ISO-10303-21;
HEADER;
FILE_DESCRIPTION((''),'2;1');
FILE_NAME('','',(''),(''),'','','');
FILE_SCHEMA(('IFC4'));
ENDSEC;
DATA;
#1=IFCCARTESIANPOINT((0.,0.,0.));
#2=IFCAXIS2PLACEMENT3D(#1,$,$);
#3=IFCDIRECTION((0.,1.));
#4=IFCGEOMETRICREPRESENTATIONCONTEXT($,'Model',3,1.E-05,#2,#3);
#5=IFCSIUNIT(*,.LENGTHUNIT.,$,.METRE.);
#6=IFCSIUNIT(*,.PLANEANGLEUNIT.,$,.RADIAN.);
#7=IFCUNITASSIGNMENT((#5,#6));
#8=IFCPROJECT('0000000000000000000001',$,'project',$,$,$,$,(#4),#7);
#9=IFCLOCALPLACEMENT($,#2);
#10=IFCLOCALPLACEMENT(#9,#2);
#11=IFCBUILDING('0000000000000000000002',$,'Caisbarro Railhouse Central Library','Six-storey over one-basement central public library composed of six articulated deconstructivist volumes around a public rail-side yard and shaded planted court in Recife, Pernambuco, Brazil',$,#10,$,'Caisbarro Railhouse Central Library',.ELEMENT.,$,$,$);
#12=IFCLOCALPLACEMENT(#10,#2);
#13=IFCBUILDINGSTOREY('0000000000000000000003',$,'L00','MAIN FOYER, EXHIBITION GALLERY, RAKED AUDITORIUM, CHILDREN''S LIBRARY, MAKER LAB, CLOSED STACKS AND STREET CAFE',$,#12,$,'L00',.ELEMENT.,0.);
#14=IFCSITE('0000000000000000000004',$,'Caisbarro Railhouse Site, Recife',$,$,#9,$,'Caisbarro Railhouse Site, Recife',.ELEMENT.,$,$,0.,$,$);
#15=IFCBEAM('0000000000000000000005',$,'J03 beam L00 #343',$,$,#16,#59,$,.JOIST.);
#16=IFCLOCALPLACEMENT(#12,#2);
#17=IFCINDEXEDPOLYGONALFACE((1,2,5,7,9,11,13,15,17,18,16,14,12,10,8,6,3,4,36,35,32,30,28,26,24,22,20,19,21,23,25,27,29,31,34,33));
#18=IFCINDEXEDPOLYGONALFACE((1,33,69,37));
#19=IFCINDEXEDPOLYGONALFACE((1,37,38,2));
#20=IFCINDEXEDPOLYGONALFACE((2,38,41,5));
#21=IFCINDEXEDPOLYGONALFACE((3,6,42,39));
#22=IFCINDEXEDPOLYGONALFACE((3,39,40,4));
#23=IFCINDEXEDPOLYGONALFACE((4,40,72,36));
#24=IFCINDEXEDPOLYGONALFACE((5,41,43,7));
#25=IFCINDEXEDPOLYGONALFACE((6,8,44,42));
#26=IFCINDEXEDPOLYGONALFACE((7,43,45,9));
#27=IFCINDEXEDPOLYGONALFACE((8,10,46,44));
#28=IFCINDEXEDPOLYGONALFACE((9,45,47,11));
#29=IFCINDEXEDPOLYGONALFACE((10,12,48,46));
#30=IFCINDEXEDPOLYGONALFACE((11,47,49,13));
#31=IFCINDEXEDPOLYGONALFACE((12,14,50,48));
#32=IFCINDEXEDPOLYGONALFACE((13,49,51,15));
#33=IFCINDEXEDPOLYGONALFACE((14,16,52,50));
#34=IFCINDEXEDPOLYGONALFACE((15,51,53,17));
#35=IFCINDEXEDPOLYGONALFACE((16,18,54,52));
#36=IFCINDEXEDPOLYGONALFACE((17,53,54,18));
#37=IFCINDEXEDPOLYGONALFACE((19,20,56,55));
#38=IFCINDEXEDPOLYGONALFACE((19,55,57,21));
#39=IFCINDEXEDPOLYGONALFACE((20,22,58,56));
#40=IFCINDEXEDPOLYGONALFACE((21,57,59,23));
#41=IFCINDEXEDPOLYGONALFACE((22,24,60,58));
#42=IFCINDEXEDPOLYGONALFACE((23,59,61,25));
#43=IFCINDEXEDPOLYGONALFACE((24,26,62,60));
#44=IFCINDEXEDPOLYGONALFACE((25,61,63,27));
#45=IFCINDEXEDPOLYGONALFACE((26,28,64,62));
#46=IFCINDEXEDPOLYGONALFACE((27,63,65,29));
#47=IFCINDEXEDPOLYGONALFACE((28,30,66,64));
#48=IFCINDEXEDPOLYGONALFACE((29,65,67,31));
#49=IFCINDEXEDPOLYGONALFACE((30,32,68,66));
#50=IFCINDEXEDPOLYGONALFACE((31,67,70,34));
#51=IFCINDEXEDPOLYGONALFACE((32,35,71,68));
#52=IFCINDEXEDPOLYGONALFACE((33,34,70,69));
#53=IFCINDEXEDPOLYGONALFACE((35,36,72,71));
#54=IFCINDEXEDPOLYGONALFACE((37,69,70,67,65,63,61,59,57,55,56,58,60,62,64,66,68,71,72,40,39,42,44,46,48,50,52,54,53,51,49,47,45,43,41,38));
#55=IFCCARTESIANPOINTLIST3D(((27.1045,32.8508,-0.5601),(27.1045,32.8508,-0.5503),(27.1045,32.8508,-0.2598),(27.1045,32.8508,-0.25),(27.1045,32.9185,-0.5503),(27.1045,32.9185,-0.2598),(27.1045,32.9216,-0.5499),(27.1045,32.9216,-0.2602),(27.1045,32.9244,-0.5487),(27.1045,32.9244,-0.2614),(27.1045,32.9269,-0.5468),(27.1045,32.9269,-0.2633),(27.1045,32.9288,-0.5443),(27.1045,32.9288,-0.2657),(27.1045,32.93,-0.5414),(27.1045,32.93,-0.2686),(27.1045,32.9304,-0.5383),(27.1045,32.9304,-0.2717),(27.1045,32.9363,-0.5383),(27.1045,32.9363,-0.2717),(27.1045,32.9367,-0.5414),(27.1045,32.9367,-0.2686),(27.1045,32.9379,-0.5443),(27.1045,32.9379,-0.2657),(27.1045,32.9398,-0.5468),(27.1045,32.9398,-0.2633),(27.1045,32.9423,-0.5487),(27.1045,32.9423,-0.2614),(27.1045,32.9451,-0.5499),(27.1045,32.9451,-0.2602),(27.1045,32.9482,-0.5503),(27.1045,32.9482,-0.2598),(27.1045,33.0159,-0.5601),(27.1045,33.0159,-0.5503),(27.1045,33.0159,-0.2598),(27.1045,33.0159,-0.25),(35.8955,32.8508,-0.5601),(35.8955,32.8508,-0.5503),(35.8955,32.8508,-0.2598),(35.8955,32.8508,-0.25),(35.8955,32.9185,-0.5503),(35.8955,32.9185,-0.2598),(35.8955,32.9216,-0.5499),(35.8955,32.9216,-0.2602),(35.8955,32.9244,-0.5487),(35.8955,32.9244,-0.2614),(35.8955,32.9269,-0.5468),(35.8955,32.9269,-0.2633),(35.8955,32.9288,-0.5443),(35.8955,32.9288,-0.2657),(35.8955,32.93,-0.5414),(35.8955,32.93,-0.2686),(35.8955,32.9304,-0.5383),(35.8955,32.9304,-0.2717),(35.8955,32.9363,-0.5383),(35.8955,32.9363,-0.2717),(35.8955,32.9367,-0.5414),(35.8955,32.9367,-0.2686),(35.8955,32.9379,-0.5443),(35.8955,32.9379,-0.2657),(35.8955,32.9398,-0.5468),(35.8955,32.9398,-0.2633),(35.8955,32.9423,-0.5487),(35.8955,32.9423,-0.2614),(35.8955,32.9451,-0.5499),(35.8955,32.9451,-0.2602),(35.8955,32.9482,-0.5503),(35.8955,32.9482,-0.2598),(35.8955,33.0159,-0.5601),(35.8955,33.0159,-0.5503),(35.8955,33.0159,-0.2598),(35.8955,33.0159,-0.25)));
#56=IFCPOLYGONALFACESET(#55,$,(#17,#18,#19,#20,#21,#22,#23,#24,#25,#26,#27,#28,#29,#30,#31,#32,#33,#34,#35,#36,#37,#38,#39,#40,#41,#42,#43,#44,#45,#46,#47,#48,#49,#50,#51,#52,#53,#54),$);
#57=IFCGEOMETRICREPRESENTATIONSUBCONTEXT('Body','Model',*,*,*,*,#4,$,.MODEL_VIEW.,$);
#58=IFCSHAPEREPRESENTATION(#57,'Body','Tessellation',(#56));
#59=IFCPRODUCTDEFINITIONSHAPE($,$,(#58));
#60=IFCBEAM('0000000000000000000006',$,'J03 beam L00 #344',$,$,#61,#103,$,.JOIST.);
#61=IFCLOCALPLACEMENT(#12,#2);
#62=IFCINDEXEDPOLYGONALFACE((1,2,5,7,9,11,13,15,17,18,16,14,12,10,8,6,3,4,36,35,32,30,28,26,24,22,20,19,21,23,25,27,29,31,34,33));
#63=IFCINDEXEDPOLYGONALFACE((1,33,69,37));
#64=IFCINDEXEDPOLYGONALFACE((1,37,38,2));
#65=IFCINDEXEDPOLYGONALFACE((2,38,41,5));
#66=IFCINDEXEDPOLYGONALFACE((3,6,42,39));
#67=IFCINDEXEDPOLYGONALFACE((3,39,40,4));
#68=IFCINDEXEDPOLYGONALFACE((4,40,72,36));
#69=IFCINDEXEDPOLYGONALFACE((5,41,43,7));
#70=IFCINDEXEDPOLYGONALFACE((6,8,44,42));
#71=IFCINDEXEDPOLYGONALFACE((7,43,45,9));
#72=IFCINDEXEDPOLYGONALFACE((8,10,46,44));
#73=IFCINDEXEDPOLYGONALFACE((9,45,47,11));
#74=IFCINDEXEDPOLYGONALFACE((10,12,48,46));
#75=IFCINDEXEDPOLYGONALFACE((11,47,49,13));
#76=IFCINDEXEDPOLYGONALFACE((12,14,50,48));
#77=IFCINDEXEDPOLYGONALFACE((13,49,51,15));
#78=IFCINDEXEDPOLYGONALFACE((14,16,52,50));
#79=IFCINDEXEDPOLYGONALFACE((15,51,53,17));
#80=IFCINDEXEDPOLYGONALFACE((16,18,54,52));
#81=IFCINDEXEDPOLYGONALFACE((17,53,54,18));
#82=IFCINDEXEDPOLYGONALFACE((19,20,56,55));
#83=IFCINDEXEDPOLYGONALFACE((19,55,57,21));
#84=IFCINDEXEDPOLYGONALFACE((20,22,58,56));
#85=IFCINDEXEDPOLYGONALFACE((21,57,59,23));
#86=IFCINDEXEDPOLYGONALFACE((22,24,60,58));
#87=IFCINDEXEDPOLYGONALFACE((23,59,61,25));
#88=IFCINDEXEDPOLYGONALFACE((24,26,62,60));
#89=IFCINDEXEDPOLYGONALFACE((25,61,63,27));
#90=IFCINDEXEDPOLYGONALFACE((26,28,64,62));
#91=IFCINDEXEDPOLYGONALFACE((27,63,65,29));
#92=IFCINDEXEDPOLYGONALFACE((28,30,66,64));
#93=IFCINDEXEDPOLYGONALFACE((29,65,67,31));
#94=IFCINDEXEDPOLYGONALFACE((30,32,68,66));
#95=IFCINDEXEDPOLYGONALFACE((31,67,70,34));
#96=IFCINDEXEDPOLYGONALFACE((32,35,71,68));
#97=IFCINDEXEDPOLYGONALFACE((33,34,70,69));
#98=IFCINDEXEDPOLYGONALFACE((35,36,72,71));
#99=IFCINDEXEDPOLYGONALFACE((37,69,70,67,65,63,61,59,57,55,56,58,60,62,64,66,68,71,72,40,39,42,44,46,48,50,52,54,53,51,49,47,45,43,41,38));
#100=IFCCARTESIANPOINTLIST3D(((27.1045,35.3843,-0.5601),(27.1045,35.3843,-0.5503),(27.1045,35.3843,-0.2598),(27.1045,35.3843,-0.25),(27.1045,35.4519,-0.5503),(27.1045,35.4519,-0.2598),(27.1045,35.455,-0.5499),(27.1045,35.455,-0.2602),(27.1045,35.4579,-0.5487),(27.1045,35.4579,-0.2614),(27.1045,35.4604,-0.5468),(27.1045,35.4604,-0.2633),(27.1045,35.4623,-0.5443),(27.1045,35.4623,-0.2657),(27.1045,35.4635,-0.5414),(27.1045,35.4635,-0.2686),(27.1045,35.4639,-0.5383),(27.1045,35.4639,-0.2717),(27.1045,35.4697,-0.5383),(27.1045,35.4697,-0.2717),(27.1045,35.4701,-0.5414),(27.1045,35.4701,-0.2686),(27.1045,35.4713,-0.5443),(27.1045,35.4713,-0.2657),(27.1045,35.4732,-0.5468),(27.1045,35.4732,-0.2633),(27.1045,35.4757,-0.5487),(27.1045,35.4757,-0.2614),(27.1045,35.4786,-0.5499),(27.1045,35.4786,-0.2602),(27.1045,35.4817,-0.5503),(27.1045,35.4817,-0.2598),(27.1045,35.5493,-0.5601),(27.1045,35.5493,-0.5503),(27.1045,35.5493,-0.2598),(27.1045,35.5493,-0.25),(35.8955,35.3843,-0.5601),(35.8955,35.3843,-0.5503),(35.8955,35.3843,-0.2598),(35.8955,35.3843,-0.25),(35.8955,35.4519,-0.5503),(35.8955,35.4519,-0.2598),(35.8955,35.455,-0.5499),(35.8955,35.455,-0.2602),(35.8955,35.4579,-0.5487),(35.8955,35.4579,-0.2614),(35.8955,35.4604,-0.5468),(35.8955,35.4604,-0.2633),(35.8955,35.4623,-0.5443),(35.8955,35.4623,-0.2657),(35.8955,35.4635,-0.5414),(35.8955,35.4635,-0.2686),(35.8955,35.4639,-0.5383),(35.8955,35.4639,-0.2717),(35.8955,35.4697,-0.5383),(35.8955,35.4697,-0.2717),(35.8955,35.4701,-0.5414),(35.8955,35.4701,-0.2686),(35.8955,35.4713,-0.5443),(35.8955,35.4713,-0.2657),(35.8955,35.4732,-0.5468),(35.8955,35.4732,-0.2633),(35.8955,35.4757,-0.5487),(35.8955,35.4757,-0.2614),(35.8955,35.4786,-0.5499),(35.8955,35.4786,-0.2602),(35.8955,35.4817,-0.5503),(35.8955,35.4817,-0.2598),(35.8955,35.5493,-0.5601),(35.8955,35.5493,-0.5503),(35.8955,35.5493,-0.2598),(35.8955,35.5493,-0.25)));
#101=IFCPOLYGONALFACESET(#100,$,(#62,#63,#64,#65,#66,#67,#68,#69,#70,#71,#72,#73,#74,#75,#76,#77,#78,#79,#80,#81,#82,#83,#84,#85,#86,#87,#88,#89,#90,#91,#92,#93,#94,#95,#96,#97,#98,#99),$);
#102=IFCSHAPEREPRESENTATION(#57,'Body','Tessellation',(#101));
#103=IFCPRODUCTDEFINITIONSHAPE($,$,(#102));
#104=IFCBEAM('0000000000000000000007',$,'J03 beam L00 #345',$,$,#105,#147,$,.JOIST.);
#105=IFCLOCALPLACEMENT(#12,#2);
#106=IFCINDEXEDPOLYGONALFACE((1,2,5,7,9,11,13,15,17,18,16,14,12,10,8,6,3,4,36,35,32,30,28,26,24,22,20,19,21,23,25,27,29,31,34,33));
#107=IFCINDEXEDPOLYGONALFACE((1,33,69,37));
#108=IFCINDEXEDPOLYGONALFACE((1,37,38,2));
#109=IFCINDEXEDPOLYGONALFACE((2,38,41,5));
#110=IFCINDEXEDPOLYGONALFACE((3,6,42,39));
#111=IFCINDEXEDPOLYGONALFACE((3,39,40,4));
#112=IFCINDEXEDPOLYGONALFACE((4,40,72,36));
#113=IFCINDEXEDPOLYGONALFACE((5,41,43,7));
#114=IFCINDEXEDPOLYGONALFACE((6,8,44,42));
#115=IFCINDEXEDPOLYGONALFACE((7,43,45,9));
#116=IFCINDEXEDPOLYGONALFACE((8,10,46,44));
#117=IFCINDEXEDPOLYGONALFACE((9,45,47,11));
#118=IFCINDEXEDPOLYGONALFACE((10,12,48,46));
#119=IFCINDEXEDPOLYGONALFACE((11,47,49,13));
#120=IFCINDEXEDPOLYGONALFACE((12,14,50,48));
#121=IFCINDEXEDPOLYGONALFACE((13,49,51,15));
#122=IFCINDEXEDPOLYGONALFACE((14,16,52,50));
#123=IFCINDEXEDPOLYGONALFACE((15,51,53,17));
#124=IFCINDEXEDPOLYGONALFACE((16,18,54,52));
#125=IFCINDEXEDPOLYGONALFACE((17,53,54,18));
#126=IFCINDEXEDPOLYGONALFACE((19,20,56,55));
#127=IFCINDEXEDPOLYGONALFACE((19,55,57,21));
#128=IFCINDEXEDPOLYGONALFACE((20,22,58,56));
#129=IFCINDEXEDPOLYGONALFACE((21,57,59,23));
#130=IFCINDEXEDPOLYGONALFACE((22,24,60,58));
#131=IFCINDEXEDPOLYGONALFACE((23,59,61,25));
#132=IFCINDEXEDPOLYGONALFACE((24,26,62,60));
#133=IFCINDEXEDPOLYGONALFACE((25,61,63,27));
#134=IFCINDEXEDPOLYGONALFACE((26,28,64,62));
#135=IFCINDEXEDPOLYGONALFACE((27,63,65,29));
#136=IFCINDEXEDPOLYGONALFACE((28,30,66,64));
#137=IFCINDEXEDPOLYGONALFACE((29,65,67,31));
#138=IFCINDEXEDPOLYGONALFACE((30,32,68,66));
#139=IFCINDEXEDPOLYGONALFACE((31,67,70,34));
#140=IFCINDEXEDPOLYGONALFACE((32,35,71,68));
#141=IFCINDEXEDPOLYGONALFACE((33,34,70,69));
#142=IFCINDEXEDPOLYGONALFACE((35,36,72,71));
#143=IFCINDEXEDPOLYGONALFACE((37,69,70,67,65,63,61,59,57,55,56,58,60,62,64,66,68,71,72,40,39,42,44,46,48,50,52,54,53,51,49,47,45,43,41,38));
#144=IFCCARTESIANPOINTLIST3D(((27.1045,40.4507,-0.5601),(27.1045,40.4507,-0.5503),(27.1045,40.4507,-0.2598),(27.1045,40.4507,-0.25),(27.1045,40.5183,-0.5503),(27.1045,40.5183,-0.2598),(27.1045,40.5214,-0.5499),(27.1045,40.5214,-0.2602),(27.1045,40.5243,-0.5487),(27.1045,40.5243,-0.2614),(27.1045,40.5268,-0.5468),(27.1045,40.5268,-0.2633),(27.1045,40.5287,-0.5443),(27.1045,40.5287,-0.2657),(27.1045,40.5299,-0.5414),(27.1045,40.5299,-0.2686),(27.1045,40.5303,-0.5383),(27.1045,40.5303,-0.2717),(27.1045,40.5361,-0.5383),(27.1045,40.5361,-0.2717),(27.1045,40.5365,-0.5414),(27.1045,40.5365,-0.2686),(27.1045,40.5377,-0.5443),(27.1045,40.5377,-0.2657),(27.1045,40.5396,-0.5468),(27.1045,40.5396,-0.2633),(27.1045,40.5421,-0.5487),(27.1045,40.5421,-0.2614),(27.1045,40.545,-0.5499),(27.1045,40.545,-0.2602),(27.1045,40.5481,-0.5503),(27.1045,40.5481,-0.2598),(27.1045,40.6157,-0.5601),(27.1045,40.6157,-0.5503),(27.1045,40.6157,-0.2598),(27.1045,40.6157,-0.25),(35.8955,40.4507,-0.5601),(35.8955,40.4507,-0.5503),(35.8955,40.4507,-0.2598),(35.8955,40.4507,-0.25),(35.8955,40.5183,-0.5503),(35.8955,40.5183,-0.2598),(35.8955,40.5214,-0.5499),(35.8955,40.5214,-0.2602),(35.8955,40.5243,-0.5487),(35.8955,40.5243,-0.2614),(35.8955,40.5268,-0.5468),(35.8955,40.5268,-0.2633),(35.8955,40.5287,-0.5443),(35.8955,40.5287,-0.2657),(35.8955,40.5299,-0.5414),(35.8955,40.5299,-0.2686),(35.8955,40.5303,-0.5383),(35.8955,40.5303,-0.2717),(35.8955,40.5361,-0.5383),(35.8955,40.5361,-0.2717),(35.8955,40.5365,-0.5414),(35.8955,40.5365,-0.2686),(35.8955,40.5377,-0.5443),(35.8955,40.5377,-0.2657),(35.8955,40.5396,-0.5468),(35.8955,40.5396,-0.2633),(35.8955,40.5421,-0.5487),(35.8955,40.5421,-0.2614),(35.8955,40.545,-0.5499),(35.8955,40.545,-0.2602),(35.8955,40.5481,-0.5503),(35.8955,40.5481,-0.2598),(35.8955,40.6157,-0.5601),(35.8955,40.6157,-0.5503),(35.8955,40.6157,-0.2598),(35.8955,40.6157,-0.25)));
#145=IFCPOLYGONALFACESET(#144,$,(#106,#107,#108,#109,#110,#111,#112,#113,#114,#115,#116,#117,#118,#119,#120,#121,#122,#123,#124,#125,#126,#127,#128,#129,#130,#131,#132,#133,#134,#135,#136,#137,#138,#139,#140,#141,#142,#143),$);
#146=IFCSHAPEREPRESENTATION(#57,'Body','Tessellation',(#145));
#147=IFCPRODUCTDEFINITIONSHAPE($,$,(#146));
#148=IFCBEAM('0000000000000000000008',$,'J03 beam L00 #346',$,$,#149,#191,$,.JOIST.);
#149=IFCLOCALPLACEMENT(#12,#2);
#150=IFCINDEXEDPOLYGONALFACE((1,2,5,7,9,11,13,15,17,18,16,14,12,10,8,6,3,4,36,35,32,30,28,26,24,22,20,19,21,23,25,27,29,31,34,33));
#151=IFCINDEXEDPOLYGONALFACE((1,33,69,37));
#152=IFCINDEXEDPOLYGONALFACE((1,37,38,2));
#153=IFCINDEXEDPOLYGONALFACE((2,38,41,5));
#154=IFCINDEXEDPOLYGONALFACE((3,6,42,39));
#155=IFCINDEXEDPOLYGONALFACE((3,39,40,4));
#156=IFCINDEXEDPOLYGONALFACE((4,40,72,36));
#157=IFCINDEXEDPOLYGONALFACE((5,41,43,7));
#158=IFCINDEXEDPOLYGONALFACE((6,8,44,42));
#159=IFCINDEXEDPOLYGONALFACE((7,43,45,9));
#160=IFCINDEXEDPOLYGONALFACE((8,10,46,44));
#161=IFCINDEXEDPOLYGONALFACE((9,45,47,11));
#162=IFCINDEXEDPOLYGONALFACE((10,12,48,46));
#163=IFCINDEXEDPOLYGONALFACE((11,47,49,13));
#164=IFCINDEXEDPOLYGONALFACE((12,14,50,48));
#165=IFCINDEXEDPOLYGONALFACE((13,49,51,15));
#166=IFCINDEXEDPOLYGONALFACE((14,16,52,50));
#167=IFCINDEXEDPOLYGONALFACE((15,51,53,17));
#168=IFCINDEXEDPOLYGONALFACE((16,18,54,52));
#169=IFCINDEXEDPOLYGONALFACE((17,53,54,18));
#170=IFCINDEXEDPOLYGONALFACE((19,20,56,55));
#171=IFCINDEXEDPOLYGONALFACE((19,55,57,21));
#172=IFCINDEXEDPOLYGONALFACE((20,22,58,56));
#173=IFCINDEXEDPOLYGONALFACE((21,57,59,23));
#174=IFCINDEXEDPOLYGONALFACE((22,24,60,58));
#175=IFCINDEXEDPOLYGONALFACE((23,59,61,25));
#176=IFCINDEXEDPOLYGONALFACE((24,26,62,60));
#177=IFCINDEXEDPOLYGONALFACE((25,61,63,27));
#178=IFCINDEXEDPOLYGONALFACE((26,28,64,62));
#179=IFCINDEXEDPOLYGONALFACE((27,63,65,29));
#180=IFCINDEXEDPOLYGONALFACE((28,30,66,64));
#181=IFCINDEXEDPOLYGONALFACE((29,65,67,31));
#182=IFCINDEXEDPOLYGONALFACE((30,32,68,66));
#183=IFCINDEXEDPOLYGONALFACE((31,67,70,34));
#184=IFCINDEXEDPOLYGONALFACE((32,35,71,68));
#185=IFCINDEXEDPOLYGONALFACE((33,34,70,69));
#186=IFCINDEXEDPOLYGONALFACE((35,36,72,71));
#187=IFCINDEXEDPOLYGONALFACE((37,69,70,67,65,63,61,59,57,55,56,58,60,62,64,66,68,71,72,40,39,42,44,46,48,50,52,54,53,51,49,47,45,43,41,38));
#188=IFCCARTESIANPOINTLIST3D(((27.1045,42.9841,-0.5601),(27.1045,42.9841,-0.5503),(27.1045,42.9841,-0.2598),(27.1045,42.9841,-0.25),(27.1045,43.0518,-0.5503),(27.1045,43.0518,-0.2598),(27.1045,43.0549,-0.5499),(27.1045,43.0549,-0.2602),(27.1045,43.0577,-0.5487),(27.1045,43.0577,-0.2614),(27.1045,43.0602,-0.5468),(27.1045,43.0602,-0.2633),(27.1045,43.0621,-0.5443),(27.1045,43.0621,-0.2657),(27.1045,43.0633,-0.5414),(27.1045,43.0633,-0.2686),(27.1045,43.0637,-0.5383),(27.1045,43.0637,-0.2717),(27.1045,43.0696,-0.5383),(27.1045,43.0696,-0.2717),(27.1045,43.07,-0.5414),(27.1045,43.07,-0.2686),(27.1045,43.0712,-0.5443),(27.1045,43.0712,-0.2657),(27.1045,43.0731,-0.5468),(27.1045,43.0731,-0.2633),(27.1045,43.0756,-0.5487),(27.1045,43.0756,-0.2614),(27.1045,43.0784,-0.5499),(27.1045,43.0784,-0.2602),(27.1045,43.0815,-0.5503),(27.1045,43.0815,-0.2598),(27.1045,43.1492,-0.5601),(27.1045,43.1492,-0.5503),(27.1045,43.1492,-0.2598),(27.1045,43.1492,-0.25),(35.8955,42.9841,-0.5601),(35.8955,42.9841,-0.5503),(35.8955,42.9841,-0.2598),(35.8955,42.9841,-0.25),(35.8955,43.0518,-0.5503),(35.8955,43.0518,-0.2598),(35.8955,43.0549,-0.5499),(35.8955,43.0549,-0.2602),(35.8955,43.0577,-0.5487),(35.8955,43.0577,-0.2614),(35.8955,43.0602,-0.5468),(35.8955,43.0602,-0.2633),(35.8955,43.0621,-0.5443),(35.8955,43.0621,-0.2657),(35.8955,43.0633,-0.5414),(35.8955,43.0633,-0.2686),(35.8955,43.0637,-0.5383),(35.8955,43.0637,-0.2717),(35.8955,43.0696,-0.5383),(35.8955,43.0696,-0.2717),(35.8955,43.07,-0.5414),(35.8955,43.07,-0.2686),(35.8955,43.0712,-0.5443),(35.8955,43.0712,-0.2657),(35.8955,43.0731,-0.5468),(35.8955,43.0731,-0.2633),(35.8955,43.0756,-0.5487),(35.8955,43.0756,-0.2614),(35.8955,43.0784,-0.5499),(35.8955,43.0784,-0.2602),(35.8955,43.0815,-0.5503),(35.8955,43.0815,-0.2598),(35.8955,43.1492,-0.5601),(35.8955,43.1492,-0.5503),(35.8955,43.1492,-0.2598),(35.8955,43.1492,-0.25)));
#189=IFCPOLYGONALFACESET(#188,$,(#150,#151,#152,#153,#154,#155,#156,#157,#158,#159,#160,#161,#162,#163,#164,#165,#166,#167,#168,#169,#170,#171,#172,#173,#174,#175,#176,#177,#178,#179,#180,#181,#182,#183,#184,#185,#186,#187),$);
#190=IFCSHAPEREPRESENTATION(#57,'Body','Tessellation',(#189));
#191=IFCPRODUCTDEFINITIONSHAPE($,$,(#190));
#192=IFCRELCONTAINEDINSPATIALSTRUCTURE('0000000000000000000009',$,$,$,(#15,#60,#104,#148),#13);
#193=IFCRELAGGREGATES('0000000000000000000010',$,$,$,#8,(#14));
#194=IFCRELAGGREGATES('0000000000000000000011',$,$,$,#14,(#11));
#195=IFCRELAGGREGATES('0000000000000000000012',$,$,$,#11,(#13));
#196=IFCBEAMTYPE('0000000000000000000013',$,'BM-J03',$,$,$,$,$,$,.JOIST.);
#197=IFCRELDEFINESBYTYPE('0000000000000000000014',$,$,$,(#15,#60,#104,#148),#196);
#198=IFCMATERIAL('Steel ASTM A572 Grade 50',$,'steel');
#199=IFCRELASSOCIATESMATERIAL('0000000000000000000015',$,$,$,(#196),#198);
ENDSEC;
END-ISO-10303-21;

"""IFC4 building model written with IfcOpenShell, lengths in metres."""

from ifc_helpers import new_model, si_unit, direction, frame, origin, origin_2d, place, context, subcontext, project, spatial, i_section, extrude, material, material_profile, profile_set, type_object, element, save


model = new_model("IFC4")

# Units and contexts
model_context = context("Model", 3, precision=1e-05, world=origin(), true_north=direction((0.0, 1.0)))
body_context = subcontext(model_context, "Body", "Model", "MODEL_VIEW")
ifc_project = project(units=[si_unit("LENGTHUNIT", "METRE"), si_unit("PLANEANGLEUNIT", "RADIAN")], contexts=[model_context])

# Site, building, storey
site_placement = place(None, origin())
site = spatial("IfcSite", under=ifc_project, at=site_placement, Name="Caisbarro Railhouse Site, Recife", LongName="Caisbarro Railhouse Site, Recife", CompositionType="ELEMENT", RefElevation=0.0)
building_placement = place(site_placement, origin())
building = spatial("IfcBuilding", under=site, at=building_placement, Name="Caisbarro Railhouse Central Library", Description="Six-storey over one-basement central public library composed of six articulated deconstructivist volumes around a public rail-side yard and shaded planted court in Recife, Pernambuco, Brazil", LongName="Caisbarro Railhouse Central Library", CompositionType="ELEMENT")
storey_placement = place(building_placement, origin())
storey = spatial("IfcBuildingStorey", under=building, at=storey_placement, Name="L00", Description="MAIN FOYER, EXHIBITION GALLERY, RAKED AUDITORIUM, CHILDREN'S LIBRARY, MAKER LAB, CLOSED STACKS AND STREET CAFE", LongName="L00", CompositionType="ELEMENT", Elevation=0.0)

# Shared definitions
ifc_material_1 = material(Name="Steel ASTM A572 Grade 50", Category="steel")

# Beams
ifc_material_profile_1 = material_profile(ifc_material_1, i_section(OverallWidth=0.165, OverallDepth=0.3101, WebThickness=0.0059, FlangeThickness=0.0098, FilletRadius=0.012, at=origin_2d()), Name="W310X38.7")
ifc_profile_set_1 = profile_set([ifc_material_profile_1], Name="Steel ASTM A572 Grade 50")
beam_type_1 = type_object("IfcBeamType", Name="BM-J03", PredefinedType="JOIST", material=ifc_profile_set_1)
for number, where, z_axis, x_axis, name in (
    (1, (27.1045, 32.9333, -0.405), (1.0, 0.0, 0.0), (0.0, 1.0, 0.0), "J03 beam L00 #343"),
    (2, (27.1045, 35.4668, -0.405), (1.0, 0.0, 0.0), (0.0, 1.0, 0.0), "J03 beam L00 #344"),
    (3, (27.1045, 40.5332, -0.405), (1.0, 0.0, 0.0), (0.0, 1.0, 0.0), "J03 beam L00 #345"),
    (4, (27.1045, 43.0667, -0.405), (1.0, 0.0, 0.0), (0.0, 1.0, 0.0), "J03 beam L00 #346"),
):
    element("IfcBeam", number, at=place(storey_placement, frame(where, z_axis=z_axis, x_axis=x_axis)), inside=storey, type_object=beam_type_1, Name=name, PredefinedType="JOIST", context=body_context, shape_type="SweptSolid", body=[
        extrude(i_section(OverallWidth=0.165, OverallDepth=0.3101, WebThickness=0.0059, FlangeThickness=0.0098, FilletRadius=0.012, at=origin_2d()), origin(), (0.0, 0.0, 1.0), 8.791),
    ])

save(model, "model.ifc")
